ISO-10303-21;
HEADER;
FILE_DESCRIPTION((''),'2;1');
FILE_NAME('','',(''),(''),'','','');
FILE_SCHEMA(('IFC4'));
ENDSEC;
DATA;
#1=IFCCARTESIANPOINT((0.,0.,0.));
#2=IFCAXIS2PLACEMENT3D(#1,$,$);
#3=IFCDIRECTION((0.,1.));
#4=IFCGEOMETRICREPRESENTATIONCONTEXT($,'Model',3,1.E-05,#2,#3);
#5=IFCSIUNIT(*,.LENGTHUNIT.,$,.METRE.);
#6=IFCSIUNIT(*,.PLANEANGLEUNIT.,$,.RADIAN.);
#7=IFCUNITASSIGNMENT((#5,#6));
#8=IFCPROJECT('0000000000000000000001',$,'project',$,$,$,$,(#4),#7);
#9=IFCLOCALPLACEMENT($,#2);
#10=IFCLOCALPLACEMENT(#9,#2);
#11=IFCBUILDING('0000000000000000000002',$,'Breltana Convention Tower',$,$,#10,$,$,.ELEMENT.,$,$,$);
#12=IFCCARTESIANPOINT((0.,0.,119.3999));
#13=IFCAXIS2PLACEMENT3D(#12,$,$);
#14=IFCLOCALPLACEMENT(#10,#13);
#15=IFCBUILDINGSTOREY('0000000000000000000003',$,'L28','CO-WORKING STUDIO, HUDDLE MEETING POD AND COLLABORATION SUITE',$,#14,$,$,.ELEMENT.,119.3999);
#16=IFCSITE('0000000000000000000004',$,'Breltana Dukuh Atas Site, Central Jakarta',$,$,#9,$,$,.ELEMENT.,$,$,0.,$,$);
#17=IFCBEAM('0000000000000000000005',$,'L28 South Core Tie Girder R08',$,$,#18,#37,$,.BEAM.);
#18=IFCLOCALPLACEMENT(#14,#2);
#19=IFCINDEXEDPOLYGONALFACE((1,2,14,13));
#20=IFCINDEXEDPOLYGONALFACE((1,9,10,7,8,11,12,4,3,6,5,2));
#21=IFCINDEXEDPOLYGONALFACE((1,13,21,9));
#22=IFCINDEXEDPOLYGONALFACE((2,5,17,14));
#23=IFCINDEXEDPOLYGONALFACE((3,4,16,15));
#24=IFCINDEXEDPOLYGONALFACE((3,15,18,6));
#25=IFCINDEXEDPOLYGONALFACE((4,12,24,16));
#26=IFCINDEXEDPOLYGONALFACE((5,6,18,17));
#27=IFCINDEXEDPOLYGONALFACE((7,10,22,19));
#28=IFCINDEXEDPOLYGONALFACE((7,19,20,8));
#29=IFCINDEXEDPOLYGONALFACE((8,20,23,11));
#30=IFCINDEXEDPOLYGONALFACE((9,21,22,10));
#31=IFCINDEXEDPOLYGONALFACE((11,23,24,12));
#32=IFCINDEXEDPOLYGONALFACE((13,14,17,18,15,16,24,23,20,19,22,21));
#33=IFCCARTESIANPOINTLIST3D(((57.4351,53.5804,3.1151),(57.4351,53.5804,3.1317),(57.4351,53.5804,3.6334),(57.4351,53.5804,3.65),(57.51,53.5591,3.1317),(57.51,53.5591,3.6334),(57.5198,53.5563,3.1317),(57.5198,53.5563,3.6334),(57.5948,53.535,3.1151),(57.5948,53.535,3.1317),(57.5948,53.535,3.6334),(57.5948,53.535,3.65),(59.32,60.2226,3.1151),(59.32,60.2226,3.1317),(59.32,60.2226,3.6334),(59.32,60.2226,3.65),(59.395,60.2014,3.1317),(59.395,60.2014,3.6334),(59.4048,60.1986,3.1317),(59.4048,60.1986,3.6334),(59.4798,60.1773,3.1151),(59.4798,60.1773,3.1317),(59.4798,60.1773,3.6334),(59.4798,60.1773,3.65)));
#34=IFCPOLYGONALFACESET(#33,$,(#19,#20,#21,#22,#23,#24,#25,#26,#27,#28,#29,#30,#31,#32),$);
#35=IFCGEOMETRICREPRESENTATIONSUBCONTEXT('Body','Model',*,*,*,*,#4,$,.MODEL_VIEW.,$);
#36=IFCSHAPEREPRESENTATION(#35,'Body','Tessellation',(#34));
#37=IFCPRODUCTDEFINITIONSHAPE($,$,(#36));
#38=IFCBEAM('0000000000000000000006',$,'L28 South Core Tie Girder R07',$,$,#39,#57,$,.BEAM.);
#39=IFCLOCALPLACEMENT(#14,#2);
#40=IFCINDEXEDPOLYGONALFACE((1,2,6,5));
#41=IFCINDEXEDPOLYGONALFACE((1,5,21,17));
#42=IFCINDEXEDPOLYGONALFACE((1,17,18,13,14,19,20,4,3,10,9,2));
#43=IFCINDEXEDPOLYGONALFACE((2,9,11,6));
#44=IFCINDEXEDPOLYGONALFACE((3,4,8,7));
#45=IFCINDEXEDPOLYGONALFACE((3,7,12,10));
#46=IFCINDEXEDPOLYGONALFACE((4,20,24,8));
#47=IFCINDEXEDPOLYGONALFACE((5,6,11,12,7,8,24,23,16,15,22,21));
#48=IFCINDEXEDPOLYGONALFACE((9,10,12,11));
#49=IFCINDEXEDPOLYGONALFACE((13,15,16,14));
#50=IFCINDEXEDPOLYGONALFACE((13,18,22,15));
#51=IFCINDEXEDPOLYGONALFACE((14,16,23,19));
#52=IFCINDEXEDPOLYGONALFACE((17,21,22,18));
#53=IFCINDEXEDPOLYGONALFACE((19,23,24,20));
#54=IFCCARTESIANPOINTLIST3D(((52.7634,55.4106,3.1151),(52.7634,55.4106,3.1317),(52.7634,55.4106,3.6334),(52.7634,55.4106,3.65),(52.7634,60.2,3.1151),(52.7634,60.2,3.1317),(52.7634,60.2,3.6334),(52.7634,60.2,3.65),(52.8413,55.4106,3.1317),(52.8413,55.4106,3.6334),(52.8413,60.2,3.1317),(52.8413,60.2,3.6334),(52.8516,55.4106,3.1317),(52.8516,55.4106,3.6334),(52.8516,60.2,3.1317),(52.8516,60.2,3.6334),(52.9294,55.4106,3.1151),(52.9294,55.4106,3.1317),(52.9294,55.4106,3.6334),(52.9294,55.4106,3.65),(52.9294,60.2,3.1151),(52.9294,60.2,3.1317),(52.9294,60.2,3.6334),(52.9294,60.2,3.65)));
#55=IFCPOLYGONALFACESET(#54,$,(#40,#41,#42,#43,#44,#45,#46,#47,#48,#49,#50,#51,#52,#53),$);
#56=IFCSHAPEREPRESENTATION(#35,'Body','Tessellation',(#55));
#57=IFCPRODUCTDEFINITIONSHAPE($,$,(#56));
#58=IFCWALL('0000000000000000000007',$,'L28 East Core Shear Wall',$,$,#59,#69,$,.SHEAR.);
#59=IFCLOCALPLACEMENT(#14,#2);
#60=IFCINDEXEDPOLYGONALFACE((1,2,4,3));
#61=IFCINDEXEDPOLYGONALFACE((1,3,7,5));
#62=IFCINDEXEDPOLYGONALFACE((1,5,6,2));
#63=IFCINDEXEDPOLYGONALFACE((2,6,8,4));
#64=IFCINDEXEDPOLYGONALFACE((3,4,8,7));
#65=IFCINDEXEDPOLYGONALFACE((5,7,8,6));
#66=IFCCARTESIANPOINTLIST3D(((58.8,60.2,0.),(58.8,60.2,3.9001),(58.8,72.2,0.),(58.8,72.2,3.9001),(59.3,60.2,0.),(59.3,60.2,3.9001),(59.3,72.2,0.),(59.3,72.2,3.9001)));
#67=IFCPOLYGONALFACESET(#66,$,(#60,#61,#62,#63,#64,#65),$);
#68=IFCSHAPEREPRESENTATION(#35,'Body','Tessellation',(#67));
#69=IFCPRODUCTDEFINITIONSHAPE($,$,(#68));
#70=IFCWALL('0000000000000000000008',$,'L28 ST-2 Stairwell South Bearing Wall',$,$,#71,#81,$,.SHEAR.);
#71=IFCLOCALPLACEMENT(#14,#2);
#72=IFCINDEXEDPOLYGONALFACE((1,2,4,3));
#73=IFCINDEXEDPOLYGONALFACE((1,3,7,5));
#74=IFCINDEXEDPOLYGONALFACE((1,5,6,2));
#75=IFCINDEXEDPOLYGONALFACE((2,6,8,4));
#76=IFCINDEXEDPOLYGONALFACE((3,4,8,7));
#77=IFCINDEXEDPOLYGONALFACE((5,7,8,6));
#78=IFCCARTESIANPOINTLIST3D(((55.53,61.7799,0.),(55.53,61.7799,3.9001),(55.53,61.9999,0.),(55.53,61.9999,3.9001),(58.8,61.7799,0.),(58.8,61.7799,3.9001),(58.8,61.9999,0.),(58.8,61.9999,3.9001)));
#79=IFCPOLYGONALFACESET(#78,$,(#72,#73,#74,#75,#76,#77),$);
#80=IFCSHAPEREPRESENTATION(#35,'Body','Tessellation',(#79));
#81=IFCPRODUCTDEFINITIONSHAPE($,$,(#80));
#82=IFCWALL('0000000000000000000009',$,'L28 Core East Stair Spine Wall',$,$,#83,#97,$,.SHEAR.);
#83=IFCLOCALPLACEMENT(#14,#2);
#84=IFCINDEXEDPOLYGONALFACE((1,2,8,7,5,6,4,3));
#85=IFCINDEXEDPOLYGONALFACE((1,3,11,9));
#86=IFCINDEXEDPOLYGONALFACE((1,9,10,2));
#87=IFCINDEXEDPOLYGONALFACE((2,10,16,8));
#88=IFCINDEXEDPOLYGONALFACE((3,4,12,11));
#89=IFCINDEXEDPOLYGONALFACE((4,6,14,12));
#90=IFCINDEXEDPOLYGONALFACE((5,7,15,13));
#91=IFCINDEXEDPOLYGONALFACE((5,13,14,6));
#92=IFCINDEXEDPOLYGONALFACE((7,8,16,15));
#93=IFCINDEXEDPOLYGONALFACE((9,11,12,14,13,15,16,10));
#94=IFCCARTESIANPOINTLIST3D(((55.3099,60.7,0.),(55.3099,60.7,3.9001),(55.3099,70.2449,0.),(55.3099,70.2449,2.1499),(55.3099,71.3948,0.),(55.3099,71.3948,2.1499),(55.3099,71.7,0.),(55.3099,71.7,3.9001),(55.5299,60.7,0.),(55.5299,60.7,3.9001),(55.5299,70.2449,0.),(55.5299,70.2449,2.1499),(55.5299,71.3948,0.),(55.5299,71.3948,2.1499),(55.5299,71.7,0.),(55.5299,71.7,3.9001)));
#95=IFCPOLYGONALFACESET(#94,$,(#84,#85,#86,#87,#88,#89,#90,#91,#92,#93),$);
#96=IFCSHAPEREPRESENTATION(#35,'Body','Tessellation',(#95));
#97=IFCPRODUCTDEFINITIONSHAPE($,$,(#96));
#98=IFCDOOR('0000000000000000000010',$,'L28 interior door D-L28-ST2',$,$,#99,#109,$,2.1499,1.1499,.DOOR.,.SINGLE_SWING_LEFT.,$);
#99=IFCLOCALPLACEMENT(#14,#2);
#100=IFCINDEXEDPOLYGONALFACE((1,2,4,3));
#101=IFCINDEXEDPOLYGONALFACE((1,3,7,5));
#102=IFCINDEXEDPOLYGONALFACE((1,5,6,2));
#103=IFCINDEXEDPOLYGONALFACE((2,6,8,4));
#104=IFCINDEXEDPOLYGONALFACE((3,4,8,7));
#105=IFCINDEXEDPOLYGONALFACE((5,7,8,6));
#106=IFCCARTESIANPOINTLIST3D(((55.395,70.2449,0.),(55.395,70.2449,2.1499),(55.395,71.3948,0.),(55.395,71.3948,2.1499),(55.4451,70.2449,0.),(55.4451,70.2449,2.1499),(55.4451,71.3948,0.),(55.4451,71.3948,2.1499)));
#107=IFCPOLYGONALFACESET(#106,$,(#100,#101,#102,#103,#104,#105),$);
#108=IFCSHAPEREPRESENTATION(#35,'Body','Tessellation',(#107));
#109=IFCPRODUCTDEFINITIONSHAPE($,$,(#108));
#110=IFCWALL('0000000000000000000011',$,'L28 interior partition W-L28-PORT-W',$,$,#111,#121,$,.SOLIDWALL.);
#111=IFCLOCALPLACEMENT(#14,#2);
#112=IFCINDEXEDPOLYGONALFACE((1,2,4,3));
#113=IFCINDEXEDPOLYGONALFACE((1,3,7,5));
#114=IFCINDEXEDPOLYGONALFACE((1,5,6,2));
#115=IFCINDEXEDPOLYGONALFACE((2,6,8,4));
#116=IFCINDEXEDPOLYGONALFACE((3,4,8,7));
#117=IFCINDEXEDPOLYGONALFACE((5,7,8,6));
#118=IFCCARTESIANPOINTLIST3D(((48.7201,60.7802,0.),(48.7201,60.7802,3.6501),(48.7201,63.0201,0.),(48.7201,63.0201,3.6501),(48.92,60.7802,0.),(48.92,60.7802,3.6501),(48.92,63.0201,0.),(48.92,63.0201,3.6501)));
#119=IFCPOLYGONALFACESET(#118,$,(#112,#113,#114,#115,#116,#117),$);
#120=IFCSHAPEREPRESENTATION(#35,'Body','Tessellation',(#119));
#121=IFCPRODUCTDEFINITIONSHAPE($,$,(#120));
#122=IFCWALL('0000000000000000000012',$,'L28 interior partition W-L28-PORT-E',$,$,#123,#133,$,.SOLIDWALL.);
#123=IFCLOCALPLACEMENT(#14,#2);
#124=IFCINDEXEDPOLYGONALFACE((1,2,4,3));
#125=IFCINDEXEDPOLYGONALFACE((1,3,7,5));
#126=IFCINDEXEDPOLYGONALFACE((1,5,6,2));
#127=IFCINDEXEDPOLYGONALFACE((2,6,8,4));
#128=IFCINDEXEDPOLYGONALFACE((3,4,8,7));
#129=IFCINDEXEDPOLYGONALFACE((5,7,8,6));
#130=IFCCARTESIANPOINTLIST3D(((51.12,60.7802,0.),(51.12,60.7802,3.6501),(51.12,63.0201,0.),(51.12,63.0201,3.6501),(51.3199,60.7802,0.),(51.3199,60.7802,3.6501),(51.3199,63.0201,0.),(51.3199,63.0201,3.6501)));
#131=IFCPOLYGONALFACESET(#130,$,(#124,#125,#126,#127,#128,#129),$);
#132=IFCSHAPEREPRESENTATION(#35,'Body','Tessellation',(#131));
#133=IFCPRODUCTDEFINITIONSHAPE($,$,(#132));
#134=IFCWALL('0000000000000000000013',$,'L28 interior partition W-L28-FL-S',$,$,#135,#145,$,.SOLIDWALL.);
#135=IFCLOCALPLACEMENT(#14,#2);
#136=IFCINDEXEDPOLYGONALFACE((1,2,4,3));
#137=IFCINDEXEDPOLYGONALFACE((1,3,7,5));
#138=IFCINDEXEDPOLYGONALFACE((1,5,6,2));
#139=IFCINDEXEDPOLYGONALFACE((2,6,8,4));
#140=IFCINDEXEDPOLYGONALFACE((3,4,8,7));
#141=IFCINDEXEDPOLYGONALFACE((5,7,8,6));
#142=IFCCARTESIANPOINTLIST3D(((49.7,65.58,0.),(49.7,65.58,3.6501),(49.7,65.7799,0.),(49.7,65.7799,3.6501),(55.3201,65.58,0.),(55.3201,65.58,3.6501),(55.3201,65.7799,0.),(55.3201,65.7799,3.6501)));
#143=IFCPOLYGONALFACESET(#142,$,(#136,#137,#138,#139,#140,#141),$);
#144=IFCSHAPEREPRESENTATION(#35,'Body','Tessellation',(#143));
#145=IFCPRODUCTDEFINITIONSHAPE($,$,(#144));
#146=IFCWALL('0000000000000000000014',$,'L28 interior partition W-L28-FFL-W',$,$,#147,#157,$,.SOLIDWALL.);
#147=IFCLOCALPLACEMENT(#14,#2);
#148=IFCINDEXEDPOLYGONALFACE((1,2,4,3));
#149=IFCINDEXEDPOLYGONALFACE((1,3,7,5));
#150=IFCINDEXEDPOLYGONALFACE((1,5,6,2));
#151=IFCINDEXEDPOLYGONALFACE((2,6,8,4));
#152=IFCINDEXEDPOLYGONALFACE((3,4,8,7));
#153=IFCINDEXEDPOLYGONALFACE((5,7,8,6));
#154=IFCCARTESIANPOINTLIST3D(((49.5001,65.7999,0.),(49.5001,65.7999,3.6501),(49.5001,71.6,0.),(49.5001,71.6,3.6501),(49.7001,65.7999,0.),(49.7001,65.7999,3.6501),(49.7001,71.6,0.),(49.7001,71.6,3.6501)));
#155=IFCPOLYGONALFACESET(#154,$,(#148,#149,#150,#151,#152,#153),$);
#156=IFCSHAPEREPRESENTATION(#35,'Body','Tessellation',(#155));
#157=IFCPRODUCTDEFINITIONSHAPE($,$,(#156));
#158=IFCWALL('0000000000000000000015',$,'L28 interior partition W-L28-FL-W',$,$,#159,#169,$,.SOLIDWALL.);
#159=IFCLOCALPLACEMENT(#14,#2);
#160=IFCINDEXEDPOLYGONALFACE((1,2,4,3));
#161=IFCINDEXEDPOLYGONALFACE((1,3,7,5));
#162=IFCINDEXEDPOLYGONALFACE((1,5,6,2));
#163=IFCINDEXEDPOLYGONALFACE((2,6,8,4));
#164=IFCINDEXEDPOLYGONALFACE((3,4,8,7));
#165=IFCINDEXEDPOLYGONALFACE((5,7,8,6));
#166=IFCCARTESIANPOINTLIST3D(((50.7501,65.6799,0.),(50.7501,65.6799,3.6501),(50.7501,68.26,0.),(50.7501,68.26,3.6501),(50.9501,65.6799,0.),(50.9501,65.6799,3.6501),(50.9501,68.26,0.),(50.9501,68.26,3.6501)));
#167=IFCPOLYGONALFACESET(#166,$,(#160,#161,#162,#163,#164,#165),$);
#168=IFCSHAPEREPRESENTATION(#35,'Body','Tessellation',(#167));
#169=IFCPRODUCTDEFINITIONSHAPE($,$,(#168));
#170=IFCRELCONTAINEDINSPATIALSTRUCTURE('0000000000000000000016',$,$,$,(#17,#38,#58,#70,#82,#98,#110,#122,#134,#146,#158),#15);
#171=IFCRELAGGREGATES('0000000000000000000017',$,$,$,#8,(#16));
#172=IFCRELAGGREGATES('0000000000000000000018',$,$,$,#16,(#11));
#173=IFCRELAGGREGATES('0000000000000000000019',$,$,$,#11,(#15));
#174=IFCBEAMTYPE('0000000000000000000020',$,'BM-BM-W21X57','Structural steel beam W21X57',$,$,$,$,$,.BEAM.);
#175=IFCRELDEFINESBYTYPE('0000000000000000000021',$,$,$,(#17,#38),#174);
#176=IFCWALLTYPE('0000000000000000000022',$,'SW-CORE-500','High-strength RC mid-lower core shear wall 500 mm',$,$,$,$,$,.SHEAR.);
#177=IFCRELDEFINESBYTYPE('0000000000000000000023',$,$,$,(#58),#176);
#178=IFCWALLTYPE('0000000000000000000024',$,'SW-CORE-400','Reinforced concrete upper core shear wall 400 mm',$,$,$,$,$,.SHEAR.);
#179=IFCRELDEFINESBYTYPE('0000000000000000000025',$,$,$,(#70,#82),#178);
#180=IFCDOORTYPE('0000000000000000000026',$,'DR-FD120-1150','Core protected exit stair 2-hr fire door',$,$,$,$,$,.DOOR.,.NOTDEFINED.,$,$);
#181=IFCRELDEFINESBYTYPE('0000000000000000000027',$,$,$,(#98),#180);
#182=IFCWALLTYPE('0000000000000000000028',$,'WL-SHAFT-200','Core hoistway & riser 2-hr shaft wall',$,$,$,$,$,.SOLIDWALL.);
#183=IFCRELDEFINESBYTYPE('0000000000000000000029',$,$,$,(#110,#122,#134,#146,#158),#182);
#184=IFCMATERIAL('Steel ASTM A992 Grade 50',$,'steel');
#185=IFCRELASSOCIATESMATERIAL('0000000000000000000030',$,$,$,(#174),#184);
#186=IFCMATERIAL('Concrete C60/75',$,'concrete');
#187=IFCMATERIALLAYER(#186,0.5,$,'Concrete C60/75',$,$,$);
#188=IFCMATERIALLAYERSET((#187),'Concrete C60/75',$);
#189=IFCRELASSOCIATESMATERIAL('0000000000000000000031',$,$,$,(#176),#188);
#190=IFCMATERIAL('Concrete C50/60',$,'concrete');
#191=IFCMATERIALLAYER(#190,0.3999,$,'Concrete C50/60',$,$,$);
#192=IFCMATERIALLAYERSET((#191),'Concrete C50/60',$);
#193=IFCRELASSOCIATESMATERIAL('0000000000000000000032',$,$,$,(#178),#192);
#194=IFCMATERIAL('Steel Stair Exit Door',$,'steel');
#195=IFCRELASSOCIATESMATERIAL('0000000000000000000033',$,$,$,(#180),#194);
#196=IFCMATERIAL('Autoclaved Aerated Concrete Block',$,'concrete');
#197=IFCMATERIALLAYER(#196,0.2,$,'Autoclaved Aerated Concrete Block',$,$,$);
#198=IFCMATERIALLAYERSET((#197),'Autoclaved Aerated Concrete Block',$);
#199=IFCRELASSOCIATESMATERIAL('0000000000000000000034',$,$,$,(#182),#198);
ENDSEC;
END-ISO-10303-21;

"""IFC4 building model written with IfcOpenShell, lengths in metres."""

from ifc_helpers import new_model, si_unit, direction, frame, frame_2d, origin, origin_2d, place, context, subcontext, project, spatial, rectangle, i_section, extrude, source, transform, mapped, material, layer, layer_set, material_profile, profile_set, type_object, type_shapes, element, fill, save


model = new_model("IFC4")

# Units and contexts
model_context = context("Model", 3, precision=1e-05, world=origin(), true_north=direction((0.0, 1.0)))
body_context = subcontext(model_context, "Body", "Model", "MODEL_VIEW")
ifc_project = project(units=[si_unit("LENGTHUNIT", "METRE"), si_unit("PLANEANGLEUNIT", "RADIAN")], contexts=[model_context])

# Site, building, storey
site_placement = place(None, origin())
site = spatial("IfcSite", under=ifc_project, at=site_placement, Name="Breltana Dukuh Atas Site, Central Jakarta", CompositionType="ELEMENT", RefElevation=0.0)
building_placement = place(site_placement, origin())
building = spatial("IfcBuilding", under=site, at=building_placement, Name="Breltana Convention Tower", CompositionType="ELEMENT")
storey_placement = place(building_placement, frame((0.0, 0.0, 119.3999)))
storey = spatial("IfcBuildingStorey", under=building, at=storey_placement, Name="L28", Description="CO-WORKING STUDIO, HUDDLE MEETING POD AND COLLABORATION SUITE", CompositionType="ELEMENT", Elevation=119.3999)

# Beams
ifc_material_1 = material(Name="Steel ASTM A992 Grade 50", Category="steel")
ifc_material_profile = material_profile(ifc_material_1, i_section(OverallWidth=0.166, OverallDepth=0.5349, WebThickness=0.0103, FlangeThickness=0.0166, at=origin_2d()), Name="W21X57")
ifc_profile_set = profile_set([ifc_material_profile], Name="Steel ASTM A992 Grade 50")
beam_type = type_object("IfcBeamType", Name="BM-BM-W21X57", Description="Structural steel beam W21X57", PredefinedType="BEAM", material=ifc_profile_set)
shared_shape_1 = source(origin(), body_context, "Body", "SweptSolid", [
    extrude(i_section(OverallWidth=0.166, OverallDepth=0.5349, WebThickness=0.0103, FlangeThickness=0.0166, at=origin_2d()), origin(), (0.0, 0.0, 1.0), 6.9045),
])
type_shapes(beam_type, [shared_shape_1])
beam_1_placement = place(storey_placement, frame((59.3999, 60.2, 3.3826), z_axis=(-0.273007, -0.962012, 0.0), x_axis=(0.962012, -0.273007, 0.0)))
element("IfcBeam", 1, at=beam_1_placement, inside=storey, type_object=beam_type, Name="L28 South Core Tie Girder R08", PredefinedType="BEAM", context=body_context, shape_type="MappedRepresentation", body=[
    mapped(shared_shape_1, transform((0.0, 0.0, 0.0), scale=1.0)),
])
shared_shape_2 = source(origin(), body_context, "Body", "SweptSolid", [
    extrude(i_section(OverallWidth=0.166, OverallDepth=0.5349, WebThickness=0.0103, FlangeThickness=0.0166, at=origin_2d()), origin(), (0.0, 0.0, 1.0), 4.7893),
])
beam_2_placement = place(storey_placement, frame((52.8464, 60.2, 3.3826), z_axis=(0.0, -1.0, 0.0), x_axis=(1.0, 0.0, 0.0)))
element("IfcBeam", 2, at=beam_2_placement, inside=storey, type_object=beam_type, Name="L28 South Core Tie Girder R07", PredefinedType="BEAM", context=body_context, shape_type="MappedRepresentation", body=[
    mapped(shared_shape_2, transform((0.0, 0.0, 0.0), scale=1.0)),
])

# Walls
ifc_material_2 = material(Name="Concrete C60/75", Category="concrete")
ifc_layer_1 = layer(ifc_material_2, 0.5, Name="Concrete C60/75")
ifc_layer_set_1 = layer_set([ifc_layer_1], Name="Concrete C60/75")
wall_type_1 = type_object("IfcWallType", Name="SW-CORE-500", Description="High-strength RC mid-lower core shear wall 500 mm", PredefinedType="SHEAR", material=ifc_layer_set_1)
shared_shape_3 = source(origin(), body_context, "Body", "SweptSolid", [
    extrude(rectangle(XDim=12.0, YDim=0.5, at=frame_2d((6.0, 0.0))), origin(), (0.0, 0.0, 1.0), 3.9001),
])
wall_1_placement = place(storey_placement, frame((59.05, 60.2, 0.0), z_axis=(0.0, 0.0, 1.0), x_axis=(0.0, 1.0, 0.0)))
element("IfcWall", 3, at=wall_1_placement, inside=storey, type_object=wall_type_1, Name="L28 East Core Shear Wall", PredefinedType="SHEAR", context=body_context, shape_type="MappedRepresentation", body=[
    mapped(shared_shape_3, transform((0.0, 0.0, 0.0), scale=1.0)),
])
ifc_material_3 = material(Name="Concrete C50/60", Category="concrete")
ifc_layer_2 = layer(ifc_material_3, 0.3999, Name="Concrete C50/60")
ifc_layer_set_2 = layer_set([ifc_layer_2], Name="Concrete C50/60")
wall_type_2 = type_object("IfcWallType", Name="SW-CORE-400", Description="Reinforced concrete upper core shear wall 400 mm", PredefinedType="SHEAR", material=ifc_layer_set_2)
shared_shape_4 = source(origin(), body_context, "Body", "SweptSolid", [
    extrude(rectangle(XDim=3.27, YDim=0.22, at=frame_2d((1.635, 0.0))), origin(), (0.0, 0.0, 1.0), 3.9001),
])
wall_2_placement = place(storey_placement, frame((55.53, 61.8899, 0.0), z_axis=(0.0, 0.0, 1.0), x_axis=(1.0, 0.0, 0.0)))
element("IfcWall", 4, at=wall_2_placement, inside=storey, type_object=wall_type_2, Name="L28 ST-2 Stairwell South Bearing Wall", PredefinedType="SHEAR", context=body_context, shape_type="MappedRepresentation", body=[
    mapped(shared_shape_4, transform((0.0, 0.0, 0.0), scale=1.0)),
])

# Wall, opening, door
shared_shape_5 = source(origin(), body_context, "Body", "SweptSolid", [
    extrude(rectangle(XDim=11.0, YDim=0.22, at=frame_2d((5.5, 0.0))), origin(), (0.0, 0.0, 1.0), 3.9001),
])
wall_3_placement = place(storey_placement, frame((55.4199, 60.7, 0.0), z_axis=(0.0, 0.0, 1.0), x_axis=(0.0, 1.0, 0.0)))
wall_3 = element("IfcWall", 5, at=wall_3_placement, inside=storey, type_object=wall_type_2, Name="L28 Core East Stair Spine Wall", PredefinedType="SHEAR", context=body_context, shape_type="MappedRepresentation", body=[
    mapped(shared_shape_5, transform((0.0, 0.0, 0.0), scale=1.0)),
])
opening_placement = place(wall_3_placement, frame((9.5449, 0.0, 0.0)))
opening = element("IfcOpeningElement", 6, at=opening_placement, cuts=wall_3, PredefinedType="OPENING", context=body_context, shape_type="SweptSolid", body=[
    extrude(rectangle(XDim=1.1499, YDim=2.1499, at=frame_2d((0.575, 1.075))), frame((0.0, 0.1201, 0.0), z_axis=(0.0, -1.0, 0.0), x_axis=(1.0, 0.0, 0.0)), (0.0, 0.0, 1.0), 0.24),
])
ifc_material_4 = material(Name="Steel Stair Exit Door", Category="steel")
door_type = type_object("IfcDoorType", Name="DR-FD120-1150", Description="Core protected exit stair 2-hr fire door", OperationType="NOTDEFINED", PredefinedType="DOOR", material=ifc_material_4)
shared_shape_6 = source(origin(), body_context, "Body", "SweptSolid", [
    extrude(rectangle(XDim=1.1499, YDim=2.1499, at=frame_2d((0.575, 1.075))), frame((0.0, 0.0249, 0.0), z_axis=(0.0, -1.0, 0.0), x_axis=(1.0, 0.0, 0.0)), (0.0, 0.0, 1.0), 0.05),
])
type_shapes(door_type, [shared_shape_6])
door_placement = place(opening_placement, origin())
door = element("IfcDoor", 7, at=door_placement, inside=storey, type_object=door_type, Name="L28 interior door D-L28-ST2", OperationType="SINGLE_SWING_LEFT", OverallHeight=2.1499, OverallWidth=1.1499, PredefinedType="DOOR", context=body_context, shape_type="MappedRepresentation", body=[
    mapped(shared_shape_6, transform((0.0, 0.0, 0.0), scale=1.0)),
])
fill(opening, door)

# Walls
ifc_material_5 = material(Name="Autoclaved Aerated Concrete Block", Category="concrete")
ifc_layer_3 = layer(ifc_material_5, 0.2, Name="Autoclaved Aerated Concrete Block")
ifc_layer_set_3 = layer_set([ifc_layer_3], Name="Autoclaved Aerated Concrete Block")
wall_type_3 = type_object("IfcWallType", Name="WL-SHAFT-200", Description="Core hoistway & riser 2-hr shaft wall", PredefinedType="SOLIDWALL", material=ifc_layer_set_3)
shared_shape_7 = source(origin(), body_context, "Body", "SweptSolid", [
    extrude(rectangle(XDim=2.24, YDim=0.2, at=frame_2d((1.1201, 0.0))), origin(), (0.0, 0.0, 1.0), 3.6501),
])
for number, where, z_axis, x_axis, name in (
    (8, (48.8201, 60.78, 0.0), (0.0, 0.0, 1.0), (0.0, 1.0, 0.0), "L28 interior partition W-L28-PORT-W"),
    (9, (51.22, 60.78, 0.0), (0.0, 0.0, 1.0), (0.0, 1.0, 0.0), "L28 interior partition W-L28-PORT-E"),
):
    element("IfcWall", number, at=place(storey_placement, frame(where, z_axis=z_axis, x_axis=x_axis)), inside=storey, type_object=wall_type_3, Name=name, PredefinedType="SOLIDWALL", context=body_context, shape_type="MappedRepresentation", body=[
        mapped(shared_shape_7, transform((0.0, 0.0, 0.0), scale=1.0)),
    ])
shared_shape_8 = source(origin(), body_context, "Body", "SweptSolid", [
    extrude(rectangle(XDim=5.6201, YDim=0.2, at=frame_2d((2.8101, 0.0))), origin(), (0.0, 0.0, 1.0), 3.6501),
])
wall_4_placement = place(storey_placement, frame((49.7, 65.6799, 0.0), z_axis=(0.0, 0.0, 1.0), x_axis=(1.0, 0.0, 0.0)))
element("IfcWall", 10, at=wall_4_placement, inside=storey, type_object=wall_type_3, Name="L28 interior partition W-L28-FL-S", PredefinedType="SOLIDWALL", context=body_context, shape_type="MappedRepresentation", body=[
    mapped(shared_shape_8, transform((0.0, 0.0, 0.0), scale=1.0)),
])
shared_shape_9 = source(origin(), body_context, "Body", "SweptSolid", [
    extrude(rectangle(XDim=5.8, YDim=0.2, at=frame_2d((2.8999, 0.0))), origin(), (0.0, 0.0, 1.0), 3.6501),
])
wall_5_placement = place(storey_placement, frame((49.6001, 65.8, 0.0), z_axis=(0.0, 0.0, 1.0), x_axis=(0.0, 1.0, 0.0)))
element("IfcWall", 11, at=wall_5_placement, inside=storey, type_object=wall_type_3, Name="L28 interior partition W-L28-FFL-W", PredefinedType="SOLIDWALL", context=body_context, shape_type="MappedRepresentation", body=[
    mapped(shared_shape_9, transform((0.0, 0.0, 0.0), scale=1.0)),
])
shared_shape_10 = source(origin(), body_context, "Body", "SweptSolid", [
    extrude(rectangle(XDim=2.5801, YDim=0.2, at=frame_2d((1.29, 0.0))), origin(), (0.0, 0.0, 1.0), 3.6501),
])
wall_6_placement = place(storey_placement, frame((50.8501, 65.6799, 0.0), z_axis=(0.0, 0.0, 1.0), x_axis=(0.0, 1.0, 0.0)))
element("IfcWall", 12, at=wall_6_placement, inside=storey, type_object=wall_type_3, Name="L28 interior partition W-L28-FL-W", PredefinedType="SOLIDWALL", context=body_context, shape_type="MappedRepresentation", body=[
    mapped(shared_shape_10, transform((0.0, 0.0, 0.0), scale=1.0)),
])

save(model, "model.ifc")
